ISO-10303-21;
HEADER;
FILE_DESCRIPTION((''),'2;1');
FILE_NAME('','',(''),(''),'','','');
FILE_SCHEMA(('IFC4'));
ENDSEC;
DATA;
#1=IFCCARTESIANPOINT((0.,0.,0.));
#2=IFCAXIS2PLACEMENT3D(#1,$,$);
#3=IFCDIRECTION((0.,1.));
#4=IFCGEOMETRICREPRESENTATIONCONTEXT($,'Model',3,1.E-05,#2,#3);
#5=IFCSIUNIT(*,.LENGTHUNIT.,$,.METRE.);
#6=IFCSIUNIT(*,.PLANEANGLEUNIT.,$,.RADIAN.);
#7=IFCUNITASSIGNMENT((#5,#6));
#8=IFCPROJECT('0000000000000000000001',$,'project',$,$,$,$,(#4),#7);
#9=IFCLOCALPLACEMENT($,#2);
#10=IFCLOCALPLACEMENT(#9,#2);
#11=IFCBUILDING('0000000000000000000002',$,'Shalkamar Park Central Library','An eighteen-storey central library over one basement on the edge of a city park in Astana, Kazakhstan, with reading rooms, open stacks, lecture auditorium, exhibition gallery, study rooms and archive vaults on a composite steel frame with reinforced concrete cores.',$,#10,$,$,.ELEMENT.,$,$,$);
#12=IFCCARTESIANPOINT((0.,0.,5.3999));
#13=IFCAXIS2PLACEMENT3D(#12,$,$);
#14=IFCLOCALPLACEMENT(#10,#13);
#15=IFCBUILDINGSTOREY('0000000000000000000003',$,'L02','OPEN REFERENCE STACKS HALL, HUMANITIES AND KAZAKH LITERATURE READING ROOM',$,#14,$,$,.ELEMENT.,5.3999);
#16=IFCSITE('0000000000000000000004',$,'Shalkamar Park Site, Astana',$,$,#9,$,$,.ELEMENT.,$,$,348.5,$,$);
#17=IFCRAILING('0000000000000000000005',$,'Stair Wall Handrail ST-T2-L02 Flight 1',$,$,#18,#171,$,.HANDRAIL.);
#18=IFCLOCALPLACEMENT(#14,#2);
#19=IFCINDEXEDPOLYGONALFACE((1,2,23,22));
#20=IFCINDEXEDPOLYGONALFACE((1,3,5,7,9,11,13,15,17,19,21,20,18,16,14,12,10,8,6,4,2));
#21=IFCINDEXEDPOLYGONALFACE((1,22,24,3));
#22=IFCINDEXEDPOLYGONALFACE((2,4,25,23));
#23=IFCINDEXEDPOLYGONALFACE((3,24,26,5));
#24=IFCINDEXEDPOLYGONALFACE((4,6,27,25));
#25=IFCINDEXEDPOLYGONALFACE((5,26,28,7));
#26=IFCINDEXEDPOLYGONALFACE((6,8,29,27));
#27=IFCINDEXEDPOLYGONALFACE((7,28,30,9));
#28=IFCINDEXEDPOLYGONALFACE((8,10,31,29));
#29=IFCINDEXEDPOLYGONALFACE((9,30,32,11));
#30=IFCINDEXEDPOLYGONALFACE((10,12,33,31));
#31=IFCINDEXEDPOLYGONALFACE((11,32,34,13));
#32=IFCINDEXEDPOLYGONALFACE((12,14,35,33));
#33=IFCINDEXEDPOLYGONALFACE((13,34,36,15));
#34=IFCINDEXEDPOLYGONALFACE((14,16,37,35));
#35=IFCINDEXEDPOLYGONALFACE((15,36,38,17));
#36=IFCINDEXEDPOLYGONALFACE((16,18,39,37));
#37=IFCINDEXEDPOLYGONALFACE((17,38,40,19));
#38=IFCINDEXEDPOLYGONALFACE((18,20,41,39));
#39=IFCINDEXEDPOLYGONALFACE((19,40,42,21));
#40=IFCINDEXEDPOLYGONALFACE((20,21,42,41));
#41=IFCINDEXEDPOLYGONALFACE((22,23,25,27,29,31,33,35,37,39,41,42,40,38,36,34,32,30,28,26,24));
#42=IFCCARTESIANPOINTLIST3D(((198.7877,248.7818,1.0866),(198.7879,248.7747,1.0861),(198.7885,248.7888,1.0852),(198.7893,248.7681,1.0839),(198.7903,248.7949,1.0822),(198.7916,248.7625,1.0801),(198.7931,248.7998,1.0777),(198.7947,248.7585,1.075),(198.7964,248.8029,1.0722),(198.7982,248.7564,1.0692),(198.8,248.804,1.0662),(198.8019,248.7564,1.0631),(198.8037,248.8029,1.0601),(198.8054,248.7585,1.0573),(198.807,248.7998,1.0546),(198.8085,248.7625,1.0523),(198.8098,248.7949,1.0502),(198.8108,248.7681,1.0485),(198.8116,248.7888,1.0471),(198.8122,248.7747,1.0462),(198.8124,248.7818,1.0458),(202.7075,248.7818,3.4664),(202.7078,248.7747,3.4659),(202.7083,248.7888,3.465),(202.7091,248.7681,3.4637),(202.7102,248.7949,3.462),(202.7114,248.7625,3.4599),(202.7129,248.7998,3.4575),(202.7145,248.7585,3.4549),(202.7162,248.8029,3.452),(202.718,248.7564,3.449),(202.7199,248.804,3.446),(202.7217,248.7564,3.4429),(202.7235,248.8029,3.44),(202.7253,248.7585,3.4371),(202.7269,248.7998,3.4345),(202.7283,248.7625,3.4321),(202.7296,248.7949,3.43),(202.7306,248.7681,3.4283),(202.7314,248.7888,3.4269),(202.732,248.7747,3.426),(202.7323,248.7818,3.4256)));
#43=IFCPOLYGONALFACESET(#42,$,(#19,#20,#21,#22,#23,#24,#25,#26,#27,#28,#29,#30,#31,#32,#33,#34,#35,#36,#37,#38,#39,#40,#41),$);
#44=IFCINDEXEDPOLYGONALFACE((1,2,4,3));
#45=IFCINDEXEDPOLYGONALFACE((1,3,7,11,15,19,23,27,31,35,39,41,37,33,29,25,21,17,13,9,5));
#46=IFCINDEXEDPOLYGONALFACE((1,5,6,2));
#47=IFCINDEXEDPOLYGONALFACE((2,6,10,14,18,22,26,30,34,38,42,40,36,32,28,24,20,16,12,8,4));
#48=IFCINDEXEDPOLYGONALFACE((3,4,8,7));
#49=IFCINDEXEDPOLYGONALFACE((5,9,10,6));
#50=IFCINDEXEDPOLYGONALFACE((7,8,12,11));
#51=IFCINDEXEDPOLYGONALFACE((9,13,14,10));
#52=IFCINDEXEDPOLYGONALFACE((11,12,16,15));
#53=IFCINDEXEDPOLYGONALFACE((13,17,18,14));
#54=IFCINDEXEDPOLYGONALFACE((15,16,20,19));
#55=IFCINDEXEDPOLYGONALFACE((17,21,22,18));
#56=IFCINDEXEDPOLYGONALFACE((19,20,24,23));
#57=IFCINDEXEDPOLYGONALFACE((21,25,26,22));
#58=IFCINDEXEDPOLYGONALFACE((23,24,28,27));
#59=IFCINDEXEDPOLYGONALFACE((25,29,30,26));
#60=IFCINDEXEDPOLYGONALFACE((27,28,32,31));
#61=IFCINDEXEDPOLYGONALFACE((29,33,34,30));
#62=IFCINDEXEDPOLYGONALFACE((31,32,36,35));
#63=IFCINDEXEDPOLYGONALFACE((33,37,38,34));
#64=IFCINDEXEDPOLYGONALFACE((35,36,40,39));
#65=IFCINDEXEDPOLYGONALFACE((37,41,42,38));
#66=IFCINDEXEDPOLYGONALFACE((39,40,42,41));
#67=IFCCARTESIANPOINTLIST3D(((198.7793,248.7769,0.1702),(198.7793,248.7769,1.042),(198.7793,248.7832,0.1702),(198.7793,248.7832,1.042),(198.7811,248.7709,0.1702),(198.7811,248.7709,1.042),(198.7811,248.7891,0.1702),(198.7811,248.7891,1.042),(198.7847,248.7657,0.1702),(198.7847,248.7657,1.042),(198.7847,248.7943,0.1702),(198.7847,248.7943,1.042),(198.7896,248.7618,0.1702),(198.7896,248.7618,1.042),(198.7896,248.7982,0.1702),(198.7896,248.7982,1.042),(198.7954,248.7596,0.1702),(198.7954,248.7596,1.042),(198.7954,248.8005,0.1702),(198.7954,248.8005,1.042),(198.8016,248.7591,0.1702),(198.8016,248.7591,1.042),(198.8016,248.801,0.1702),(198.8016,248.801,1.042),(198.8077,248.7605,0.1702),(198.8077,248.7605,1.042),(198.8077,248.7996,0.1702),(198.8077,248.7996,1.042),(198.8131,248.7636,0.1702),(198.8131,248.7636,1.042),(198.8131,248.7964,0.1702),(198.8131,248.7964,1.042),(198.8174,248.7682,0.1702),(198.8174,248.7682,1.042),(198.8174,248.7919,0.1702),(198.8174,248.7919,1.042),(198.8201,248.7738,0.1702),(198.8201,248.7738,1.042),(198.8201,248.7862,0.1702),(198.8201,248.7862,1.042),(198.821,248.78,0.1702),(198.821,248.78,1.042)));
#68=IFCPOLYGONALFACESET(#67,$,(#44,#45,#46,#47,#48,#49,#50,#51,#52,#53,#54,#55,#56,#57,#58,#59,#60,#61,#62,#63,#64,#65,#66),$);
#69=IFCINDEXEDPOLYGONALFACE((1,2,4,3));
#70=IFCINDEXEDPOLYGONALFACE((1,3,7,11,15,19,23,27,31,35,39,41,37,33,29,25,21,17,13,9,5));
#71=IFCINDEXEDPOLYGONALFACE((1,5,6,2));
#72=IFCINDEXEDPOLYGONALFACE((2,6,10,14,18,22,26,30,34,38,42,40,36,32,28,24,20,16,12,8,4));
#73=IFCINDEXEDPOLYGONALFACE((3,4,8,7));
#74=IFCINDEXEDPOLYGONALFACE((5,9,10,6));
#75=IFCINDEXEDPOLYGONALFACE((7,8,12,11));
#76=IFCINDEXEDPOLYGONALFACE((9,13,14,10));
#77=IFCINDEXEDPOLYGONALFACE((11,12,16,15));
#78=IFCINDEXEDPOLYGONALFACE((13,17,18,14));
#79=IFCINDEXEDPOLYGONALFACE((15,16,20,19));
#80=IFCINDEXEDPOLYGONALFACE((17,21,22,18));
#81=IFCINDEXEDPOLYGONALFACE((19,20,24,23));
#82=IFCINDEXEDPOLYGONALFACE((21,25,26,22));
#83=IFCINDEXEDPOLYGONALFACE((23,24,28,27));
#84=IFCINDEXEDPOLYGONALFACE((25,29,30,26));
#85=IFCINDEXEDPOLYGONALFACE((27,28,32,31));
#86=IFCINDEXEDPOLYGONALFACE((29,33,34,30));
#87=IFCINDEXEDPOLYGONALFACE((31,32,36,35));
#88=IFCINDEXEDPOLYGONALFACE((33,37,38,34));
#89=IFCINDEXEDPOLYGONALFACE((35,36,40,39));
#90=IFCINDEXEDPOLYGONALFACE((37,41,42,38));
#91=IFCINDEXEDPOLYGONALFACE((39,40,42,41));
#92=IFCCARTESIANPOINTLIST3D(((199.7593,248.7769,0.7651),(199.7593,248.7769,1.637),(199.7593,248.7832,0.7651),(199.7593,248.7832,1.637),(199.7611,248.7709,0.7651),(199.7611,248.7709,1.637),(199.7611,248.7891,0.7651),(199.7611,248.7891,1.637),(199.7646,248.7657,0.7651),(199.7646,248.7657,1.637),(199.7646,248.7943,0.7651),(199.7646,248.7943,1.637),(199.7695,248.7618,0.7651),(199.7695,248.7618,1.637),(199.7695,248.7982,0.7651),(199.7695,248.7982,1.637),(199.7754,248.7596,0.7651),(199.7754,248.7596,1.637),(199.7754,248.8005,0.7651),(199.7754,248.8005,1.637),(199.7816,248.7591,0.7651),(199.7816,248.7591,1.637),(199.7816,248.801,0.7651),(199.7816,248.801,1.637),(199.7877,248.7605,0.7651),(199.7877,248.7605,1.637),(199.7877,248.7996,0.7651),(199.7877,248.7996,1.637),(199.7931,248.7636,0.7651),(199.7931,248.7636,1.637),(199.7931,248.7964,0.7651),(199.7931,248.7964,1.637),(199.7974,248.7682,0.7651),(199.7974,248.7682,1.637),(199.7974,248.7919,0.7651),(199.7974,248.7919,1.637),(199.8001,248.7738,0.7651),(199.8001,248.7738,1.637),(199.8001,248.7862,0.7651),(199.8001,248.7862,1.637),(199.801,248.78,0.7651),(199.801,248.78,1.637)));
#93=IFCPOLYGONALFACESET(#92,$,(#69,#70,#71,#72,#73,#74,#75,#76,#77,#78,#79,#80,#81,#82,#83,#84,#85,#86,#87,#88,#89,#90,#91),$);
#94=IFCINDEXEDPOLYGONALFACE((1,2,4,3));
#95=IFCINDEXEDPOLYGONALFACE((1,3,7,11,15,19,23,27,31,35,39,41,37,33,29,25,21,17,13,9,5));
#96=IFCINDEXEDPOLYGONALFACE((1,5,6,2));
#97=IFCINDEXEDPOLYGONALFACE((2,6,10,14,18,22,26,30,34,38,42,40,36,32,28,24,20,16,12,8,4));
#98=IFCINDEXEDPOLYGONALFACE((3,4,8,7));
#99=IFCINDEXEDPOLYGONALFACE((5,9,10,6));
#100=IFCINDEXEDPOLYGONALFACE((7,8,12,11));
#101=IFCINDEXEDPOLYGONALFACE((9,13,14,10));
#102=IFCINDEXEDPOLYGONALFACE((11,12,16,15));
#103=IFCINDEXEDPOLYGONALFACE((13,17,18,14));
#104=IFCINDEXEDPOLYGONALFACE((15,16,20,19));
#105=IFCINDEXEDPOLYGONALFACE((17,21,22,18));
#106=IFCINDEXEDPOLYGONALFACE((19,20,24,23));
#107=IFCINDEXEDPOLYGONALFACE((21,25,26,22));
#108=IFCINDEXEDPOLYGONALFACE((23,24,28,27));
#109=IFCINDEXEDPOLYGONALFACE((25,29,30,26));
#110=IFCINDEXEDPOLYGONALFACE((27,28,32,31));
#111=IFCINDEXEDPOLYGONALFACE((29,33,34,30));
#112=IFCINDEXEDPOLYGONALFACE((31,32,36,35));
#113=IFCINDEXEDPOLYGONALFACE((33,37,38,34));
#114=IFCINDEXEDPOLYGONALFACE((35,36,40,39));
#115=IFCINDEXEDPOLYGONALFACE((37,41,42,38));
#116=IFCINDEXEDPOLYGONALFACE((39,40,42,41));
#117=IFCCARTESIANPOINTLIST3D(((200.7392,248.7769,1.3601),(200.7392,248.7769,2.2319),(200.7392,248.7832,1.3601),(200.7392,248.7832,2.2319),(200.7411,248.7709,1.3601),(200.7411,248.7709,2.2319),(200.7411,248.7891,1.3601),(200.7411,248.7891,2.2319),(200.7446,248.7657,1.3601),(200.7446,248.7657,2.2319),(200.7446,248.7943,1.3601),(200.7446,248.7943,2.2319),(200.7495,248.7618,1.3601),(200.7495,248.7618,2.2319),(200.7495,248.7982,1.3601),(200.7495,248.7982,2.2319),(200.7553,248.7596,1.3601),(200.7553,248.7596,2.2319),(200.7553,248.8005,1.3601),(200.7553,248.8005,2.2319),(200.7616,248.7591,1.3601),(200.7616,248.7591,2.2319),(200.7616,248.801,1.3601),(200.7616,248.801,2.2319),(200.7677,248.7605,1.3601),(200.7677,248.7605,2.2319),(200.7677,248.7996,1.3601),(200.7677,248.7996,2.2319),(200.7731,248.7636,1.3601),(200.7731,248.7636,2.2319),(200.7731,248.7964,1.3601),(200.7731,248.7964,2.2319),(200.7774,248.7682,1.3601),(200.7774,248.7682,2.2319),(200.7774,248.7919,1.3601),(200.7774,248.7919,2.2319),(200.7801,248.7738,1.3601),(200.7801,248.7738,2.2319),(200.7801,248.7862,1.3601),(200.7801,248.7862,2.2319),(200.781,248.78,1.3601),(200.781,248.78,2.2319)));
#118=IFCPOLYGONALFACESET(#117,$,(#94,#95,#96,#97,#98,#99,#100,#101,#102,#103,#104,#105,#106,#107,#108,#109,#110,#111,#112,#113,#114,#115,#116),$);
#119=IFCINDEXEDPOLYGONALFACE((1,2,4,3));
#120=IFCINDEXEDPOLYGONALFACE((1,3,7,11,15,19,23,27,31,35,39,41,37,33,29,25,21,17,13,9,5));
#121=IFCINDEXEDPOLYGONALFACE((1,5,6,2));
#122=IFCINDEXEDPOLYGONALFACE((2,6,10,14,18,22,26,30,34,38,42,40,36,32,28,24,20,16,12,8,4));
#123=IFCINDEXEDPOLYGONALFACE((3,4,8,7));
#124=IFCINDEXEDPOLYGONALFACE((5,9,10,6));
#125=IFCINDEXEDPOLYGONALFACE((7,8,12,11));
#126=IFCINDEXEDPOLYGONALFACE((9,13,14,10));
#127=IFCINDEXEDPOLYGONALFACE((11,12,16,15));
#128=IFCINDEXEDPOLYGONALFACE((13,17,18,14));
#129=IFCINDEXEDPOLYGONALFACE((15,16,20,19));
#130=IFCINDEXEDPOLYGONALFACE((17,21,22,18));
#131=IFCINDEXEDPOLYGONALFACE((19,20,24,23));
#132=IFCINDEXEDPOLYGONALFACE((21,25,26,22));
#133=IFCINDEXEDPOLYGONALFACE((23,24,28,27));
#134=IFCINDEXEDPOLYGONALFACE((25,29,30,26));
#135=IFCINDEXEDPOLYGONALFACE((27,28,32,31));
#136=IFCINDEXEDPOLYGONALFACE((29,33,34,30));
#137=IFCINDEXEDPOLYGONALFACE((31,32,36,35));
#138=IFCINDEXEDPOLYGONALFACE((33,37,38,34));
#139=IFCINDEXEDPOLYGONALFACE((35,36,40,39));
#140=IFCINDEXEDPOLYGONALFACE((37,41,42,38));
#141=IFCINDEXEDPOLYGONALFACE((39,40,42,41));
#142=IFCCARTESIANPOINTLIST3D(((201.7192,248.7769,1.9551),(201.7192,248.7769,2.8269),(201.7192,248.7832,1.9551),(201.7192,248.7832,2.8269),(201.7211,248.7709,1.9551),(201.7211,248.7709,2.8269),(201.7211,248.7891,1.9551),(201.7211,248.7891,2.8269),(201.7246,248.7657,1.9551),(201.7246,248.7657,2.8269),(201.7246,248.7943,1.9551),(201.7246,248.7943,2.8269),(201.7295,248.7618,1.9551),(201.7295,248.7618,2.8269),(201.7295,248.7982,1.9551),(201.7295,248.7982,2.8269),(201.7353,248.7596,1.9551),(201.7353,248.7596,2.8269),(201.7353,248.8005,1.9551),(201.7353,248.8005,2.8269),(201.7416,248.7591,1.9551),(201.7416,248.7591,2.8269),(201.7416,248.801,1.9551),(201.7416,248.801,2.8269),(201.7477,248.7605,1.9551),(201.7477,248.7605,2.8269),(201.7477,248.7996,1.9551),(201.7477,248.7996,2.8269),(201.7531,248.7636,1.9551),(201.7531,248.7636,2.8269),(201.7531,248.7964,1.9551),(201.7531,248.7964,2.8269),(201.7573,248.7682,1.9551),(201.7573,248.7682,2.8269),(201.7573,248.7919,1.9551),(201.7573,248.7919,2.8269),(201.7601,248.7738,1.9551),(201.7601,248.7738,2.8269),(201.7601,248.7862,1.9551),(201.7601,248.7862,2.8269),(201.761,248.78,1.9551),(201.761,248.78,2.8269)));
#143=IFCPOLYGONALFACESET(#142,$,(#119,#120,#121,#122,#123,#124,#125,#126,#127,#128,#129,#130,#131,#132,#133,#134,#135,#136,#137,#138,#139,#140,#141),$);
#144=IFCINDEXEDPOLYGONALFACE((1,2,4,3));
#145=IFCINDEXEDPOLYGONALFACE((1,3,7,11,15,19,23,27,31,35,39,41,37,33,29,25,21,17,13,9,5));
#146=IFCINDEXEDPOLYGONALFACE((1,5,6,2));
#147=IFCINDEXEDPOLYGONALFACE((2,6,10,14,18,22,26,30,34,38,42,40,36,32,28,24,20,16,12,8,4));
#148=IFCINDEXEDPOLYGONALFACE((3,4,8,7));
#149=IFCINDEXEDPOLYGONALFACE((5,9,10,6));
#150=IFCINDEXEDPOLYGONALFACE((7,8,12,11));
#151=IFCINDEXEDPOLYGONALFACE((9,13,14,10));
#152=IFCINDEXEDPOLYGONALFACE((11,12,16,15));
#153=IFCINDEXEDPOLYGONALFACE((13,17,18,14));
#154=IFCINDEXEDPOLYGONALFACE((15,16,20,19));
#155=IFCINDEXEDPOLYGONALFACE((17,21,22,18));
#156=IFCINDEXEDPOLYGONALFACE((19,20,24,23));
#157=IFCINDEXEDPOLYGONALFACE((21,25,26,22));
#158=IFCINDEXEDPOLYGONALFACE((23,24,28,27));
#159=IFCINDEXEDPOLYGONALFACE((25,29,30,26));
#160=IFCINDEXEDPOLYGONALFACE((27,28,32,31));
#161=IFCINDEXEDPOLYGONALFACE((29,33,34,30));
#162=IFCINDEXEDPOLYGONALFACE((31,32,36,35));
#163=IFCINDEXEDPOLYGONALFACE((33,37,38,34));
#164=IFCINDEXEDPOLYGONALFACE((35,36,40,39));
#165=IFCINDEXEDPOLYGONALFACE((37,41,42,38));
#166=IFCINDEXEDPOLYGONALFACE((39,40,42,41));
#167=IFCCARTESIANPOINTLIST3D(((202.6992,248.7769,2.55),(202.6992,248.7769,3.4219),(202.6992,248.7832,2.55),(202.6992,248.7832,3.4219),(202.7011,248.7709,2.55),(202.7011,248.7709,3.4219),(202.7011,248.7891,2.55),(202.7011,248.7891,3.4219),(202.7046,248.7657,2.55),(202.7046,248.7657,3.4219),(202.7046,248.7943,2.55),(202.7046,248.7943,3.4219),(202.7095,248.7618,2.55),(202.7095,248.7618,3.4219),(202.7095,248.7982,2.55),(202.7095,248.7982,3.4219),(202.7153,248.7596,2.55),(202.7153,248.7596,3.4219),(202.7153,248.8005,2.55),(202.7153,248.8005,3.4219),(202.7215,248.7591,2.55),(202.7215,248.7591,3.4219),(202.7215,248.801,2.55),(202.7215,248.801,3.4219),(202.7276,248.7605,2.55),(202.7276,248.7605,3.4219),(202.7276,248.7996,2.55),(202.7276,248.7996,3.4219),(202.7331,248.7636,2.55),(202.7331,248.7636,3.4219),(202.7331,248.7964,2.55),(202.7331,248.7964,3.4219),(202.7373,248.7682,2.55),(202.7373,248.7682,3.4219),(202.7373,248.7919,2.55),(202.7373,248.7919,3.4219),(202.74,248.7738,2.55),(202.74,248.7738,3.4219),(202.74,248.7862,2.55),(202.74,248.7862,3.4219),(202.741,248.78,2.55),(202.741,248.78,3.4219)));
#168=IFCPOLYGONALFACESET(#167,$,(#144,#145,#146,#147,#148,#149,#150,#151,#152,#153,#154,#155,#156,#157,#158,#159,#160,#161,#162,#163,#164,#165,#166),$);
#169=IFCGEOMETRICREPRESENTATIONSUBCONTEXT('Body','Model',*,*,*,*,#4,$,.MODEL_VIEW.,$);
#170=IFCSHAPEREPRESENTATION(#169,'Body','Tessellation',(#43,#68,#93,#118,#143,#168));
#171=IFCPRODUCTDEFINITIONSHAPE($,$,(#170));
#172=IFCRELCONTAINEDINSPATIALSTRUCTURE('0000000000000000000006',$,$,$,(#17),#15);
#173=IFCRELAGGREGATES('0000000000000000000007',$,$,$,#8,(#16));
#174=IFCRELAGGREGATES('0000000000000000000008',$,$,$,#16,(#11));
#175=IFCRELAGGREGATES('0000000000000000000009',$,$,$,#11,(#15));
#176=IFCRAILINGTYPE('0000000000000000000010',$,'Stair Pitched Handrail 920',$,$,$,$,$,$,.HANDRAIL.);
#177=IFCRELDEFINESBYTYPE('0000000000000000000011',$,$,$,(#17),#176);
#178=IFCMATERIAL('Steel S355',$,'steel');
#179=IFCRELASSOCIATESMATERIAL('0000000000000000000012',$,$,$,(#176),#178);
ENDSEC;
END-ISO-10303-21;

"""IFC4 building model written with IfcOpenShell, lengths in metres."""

from ifc_helpers import new_model, si_unit, direction, frame, origin, origin_2d, place, context, subcontext, project, spatial, circle, extrude, material, type_object, element, save


model = new_model("IFC4")

# Units and contexts
model_context = context("Model", 3, precision=1e-05, world=origin(), true_north=direction((0.0, 1.0)))
body_context = subcontext(model_context, "Body", "Model", "MODEL_VIEW")
ifc_project = project(units=[si_unit("LENGTHUNIT", "METRE"), si_unit("PLANEANGLEUNIT", "RADIAN")], contexts=[model_context])

# Site, building, storey
site_placement = place(None, origin())
site = spatial("IfcSite", under=ifc_project, at=site_placement, Name="Shalkamar Park Site, Astana", CompositionType="ELEMENT", RefElevation=348.5)
building_placement = place(site_placement, origin())
building = spatial("IfcBuilding", under=site, at=building_placement, Name="Shalkamar Park Central Library", Description="An eighteen-storey central library over one basement on the edge of a city park in Astana, Kazakhstan, with reading rooms, open stacks, lecture auditorium, exhibition gallery, study rooms and archive vaults on a composite steel frame with reinforced concrete cores.", CompositionType="ELEMENT")
storey_placement = place(building_placement, frame((0.0, 0.0, 5.3999)))
storey = spatial("IfcBuildingStorey", under=building, at=storey_placement, Name="L02", Description="OPEN REFERENCE STACKS HALL, HUMANITIES AND KAZAKH LITERATURE READING ROOM", CompositionType="ELEMENT", Elevation=5.3999)

# Shared definitions
ifc_material_1 = material(Name="Steel S355", Category="steel")

# Railing
railing_type_1 = type_object("IfcRailingType", Name="Stair Pitched Handrail 920", PredefinedType="HANDRAIL", material=ifc_material_1)
railing_1_placement = place(storey_placement, frame((198.8, 248.78, 0.1702)))
element("IfcRailing", 1, at=railing_1_placement, inside=storey, type_object=railing_type_1, Name="Stair Wall Handrail ST-T2-L02 Flight 1", PredefinedType="HANDRAIL", context=body_context, shape_type="SweptSolid", body=[
    extrude(circle(Radius=0.0239, at=origin_2d()), frame((0.0, 0.0, 0.896), z_axis=(0.854794, 0.0, 0.518967), x_axis=(0.0, 1.0, 0.0)), (0.0, 0.0, 1.0), 4.5857),
    extrude(circle(Radius=0.021, at=origin_2d()), origin(), (0.0, 0.0, 1.0), 0.8718),
    extrude(circle(Radius=0.021, at=origin_2d()), frame((0.98, 0.0, 0.595)), (0.0, 0.0, 1.0), 0.8718),
    extrude(circle(Radius=0.021, at=origin_2d()), frame((1.96, 0.0, 1.1899)), (0.0, 0.0, 1.0), 0.8718),
    extrude(circle(Radius=0.021, at=origin_2d()), frame((2.9399, 0.0, 1.7849)), (0.0, 0.0, 1.0), 0.8718),
    extrude(circle(Radius=0.021, at=origin_2d()), frame((3.9199, 0.0, 2.3799)), (0.0, 0.0, 1.0), 0.8718),
])

save(model, "model.ifc")
